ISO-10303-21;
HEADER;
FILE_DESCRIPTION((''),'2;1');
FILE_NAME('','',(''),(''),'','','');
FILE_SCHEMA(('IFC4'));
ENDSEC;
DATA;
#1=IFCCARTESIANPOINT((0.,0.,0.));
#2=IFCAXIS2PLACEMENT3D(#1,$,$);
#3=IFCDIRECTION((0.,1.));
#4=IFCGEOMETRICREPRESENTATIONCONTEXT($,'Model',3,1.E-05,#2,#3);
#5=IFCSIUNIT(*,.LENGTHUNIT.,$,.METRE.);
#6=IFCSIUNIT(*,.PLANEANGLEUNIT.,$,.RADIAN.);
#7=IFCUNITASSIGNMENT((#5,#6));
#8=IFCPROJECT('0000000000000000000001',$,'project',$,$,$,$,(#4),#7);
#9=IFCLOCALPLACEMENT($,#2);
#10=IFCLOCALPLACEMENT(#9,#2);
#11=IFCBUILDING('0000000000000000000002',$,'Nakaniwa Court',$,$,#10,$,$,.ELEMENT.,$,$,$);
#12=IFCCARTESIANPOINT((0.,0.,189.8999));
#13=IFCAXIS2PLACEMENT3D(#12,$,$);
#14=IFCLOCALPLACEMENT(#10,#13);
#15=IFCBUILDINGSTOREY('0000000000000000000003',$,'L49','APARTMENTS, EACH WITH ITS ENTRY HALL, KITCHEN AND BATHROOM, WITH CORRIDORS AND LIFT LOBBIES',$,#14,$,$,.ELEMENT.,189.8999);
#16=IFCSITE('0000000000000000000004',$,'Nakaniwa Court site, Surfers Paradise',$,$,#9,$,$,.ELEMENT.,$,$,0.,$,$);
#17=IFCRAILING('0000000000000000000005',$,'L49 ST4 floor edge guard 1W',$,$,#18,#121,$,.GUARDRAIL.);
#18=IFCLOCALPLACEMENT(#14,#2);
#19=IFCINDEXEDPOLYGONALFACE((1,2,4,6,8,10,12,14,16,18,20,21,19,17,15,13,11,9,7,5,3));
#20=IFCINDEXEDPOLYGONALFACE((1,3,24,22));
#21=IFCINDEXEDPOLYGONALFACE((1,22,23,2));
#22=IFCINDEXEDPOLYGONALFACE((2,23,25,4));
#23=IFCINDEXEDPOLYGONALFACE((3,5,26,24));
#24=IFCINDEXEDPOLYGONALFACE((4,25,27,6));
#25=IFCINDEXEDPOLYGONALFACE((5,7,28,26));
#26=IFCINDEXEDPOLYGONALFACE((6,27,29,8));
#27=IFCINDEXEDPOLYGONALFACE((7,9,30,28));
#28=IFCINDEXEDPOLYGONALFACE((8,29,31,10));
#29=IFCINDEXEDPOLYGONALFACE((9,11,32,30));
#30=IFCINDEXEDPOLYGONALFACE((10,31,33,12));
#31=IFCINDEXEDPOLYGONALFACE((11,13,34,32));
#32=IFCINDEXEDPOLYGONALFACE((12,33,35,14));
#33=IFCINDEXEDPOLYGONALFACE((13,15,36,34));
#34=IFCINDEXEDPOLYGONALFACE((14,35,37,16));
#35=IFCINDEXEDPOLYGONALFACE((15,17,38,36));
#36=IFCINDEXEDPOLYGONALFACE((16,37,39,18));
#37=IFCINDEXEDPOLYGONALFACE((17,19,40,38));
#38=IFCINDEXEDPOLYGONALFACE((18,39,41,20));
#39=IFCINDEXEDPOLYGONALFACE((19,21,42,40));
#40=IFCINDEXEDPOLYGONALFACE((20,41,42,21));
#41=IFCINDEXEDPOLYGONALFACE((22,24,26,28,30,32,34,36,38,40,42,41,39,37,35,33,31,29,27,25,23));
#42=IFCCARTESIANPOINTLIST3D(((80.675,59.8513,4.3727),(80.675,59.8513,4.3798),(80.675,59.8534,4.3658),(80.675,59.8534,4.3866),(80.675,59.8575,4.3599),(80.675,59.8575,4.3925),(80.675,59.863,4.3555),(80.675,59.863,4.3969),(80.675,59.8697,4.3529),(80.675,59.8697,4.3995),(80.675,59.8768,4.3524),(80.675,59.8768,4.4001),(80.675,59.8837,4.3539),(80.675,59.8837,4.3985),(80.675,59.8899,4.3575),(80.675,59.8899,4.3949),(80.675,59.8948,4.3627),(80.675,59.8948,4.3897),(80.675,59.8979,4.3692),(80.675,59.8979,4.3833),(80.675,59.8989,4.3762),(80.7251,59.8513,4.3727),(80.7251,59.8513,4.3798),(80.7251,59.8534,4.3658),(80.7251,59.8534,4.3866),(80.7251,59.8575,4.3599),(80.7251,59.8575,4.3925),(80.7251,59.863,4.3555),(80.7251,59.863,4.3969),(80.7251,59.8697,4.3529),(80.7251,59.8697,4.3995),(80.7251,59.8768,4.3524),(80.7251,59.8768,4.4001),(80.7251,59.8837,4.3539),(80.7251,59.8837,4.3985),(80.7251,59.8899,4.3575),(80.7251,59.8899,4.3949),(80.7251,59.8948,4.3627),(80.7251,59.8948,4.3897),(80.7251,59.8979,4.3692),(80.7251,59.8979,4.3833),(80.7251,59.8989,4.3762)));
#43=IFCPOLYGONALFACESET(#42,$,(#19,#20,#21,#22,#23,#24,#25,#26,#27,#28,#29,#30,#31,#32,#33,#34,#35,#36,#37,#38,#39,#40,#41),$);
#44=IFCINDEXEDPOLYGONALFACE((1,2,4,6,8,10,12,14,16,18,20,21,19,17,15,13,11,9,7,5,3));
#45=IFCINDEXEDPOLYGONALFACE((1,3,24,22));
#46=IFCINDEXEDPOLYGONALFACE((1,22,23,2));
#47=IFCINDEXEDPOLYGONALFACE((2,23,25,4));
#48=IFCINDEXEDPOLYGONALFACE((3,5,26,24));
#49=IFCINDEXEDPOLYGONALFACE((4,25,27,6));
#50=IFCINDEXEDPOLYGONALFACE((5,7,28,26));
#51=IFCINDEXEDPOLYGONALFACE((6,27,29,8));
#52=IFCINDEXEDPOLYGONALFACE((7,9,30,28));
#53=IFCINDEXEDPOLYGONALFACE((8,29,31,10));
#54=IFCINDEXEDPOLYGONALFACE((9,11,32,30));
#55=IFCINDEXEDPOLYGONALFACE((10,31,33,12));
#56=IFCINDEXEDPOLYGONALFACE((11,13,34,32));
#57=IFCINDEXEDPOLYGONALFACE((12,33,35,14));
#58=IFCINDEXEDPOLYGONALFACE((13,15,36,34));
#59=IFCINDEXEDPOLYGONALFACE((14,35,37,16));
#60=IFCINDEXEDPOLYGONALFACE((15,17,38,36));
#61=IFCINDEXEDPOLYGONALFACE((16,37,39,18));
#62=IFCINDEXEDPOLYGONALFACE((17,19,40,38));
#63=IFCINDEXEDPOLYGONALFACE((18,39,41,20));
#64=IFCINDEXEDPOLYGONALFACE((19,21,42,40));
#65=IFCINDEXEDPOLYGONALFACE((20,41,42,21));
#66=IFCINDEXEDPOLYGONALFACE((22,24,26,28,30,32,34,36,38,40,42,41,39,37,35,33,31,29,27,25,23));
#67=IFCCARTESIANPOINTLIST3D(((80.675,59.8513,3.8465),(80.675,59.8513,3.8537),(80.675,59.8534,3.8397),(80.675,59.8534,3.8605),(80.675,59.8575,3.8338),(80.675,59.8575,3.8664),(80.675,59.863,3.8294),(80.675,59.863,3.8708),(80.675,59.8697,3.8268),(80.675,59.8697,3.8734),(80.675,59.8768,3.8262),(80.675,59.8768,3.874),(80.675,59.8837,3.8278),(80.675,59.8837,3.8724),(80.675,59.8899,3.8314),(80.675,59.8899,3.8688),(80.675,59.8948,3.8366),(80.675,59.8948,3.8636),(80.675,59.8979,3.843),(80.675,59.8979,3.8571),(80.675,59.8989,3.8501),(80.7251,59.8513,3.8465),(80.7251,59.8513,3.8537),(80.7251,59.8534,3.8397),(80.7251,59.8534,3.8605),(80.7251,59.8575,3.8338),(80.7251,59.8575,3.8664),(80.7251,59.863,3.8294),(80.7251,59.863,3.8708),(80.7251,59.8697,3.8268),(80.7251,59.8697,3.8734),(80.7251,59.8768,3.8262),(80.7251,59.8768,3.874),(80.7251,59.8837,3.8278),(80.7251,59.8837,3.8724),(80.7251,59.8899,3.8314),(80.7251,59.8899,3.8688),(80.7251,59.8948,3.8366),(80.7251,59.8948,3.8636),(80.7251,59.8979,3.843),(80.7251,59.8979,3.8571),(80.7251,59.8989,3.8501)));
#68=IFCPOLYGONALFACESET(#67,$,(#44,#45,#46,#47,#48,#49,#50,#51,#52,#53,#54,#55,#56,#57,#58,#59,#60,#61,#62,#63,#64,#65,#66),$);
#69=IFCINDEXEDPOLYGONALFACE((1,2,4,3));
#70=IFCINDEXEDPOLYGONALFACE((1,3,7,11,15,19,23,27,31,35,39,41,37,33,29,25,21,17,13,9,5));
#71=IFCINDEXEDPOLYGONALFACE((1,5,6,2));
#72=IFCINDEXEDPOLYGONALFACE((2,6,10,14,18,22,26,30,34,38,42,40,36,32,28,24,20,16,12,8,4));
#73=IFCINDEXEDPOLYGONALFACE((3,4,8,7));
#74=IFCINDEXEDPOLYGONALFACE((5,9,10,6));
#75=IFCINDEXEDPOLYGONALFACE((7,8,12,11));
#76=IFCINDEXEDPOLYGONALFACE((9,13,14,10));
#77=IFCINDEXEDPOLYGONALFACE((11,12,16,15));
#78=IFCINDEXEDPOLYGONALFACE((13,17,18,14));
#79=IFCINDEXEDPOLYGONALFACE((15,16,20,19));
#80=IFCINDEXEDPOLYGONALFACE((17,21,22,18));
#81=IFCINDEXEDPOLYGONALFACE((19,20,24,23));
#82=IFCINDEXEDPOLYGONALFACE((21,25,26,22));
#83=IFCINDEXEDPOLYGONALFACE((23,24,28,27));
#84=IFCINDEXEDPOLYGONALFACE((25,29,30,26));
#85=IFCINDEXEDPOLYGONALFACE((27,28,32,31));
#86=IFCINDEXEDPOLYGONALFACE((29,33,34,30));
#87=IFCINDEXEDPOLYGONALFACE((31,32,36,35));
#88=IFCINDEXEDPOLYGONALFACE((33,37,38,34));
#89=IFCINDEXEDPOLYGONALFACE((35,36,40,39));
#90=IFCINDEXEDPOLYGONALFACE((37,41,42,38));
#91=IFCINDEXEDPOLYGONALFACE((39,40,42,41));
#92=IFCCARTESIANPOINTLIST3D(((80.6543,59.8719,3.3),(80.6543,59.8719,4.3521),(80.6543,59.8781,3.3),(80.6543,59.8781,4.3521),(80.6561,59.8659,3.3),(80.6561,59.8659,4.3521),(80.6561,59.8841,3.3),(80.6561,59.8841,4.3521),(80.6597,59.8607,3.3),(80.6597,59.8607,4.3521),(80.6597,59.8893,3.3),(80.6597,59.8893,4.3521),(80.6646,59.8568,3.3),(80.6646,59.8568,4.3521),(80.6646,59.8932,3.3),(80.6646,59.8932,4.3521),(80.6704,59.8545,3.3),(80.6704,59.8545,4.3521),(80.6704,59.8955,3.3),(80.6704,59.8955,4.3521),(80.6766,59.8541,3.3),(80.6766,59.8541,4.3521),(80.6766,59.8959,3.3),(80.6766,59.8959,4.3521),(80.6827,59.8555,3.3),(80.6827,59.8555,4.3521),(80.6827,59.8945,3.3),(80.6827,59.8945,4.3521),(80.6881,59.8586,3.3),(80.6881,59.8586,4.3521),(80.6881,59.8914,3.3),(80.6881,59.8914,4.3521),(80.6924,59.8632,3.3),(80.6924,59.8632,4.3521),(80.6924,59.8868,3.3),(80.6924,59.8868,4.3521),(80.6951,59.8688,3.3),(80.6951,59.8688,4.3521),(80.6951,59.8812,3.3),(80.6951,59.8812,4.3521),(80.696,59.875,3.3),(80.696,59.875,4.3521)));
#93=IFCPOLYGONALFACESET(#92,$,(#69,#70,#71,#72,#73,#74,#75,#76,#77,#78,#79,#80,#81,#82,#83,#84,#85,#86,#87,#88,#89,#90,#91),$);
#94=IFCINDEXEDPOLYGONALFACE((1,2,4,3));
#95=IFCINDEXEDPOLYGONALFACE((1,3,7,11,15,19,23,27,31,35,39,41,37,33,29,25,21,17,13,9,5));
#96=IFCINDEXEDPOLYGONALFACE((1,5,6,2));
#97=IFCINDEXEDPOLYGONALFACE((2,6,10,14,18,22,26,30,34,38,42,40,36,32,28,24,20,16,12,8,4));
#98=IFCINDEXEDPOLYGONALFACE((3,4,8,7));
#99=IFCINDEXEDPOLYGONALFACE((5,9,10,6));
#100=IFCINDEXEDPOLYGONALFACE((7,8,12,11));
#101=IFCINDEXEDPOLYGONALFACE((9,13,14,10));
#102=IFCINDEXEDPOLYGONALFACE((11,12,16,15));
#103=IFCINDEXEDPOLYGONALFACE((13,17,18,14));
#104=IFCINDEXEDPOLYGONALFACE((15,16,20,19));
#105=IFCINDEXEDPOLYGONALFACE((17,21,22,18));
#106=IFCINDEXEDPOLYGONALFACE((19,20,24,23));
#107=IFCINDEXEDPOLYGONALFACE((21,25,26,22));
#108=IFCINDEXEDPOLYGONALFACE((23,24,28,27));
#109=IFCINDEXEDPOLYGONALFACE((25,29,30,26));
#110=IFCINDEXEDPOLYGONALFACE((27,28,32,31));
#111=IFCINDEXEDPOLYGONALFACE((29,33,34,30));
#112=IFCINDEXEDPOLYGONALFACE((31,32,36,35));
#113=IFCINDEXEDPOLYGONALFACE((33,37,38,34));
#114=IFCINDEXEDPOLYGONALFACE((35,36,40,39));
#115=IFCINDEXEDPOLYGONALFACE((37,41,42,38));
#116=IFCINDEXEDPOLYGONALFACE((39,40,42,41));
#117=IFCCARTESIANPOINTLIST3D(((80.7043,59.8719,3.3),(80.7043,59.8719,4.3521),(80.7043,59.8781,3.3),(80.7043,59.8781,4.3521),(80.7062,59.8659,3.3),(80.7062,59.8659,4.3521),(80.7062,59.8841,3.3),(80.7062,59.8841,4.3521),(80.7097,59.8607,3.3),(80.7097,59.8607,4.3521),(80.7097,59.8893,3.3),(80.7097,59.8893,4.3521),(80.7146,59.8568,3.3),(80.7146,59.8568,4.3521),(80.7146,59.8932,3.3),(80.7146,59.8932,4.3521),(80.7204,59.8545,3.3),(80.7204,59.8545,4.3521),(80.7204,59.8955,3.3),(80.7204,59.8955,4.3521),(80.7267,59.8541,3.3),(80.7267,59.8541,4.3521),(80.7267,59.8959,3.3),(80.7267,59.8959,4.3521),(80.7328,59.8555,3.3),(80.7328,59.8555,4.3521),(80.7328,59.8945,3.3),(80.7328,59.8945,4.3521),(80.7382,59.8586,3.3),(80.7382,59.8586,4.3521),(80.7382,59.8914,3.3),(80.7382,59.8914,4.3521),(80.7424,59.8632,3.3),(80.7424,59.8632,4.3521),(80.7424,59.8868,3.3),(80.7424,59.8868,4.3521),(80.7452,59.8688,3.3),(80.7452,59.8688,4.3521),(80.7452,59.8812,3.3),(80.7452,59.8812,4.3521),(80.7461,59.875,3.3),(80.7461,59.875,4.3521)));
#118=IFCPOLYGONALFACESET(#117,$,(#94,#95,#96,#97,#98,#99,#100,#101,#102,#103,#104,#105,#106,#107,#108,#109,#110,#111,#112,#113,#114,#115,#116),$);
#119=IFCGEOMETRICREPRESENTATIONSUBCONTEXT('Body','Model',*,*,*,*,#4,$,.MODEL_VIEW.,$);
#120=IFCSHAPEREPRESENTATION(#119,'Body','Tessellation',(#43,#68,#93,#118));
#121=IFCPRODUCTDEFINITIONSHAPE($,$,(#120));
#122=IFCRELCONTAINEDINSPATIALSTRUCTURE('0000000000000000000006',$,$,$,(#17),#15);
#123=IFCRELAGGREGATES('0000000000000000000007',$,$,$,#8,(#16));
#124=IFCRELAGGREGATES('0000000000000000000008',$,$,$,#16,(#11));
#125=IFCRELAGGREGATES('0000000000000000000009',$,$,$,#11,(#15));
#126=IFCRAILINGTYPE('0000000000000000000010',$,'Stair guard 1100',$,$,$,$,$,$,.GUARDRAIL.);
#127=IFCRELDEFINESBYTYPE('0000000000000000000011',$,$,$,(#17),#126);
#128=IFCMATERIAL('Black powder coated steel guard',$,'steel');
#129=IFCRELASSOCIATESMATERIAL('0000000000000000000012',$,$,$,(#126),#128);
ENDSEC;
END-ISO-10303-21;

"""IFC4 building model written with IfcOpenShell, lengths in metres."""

from ifc_helpers import new_model, si_unit, direction, frame, origin, origin_2d, place, context, subcontext, project, spatial, circle, extrude, material, type_object, element, save


model = new_model("IFC4")

# Units and contexts
model_context = context("Model", 3, precision=1e-05, world=origin(), true_north=direction((0.0, 1.0)))
body_context = subcontext(model_context, "Body", "Model", "MODEL_VIEW")
ifc_project = project(units=[si_unit("LENGTHUNIT", "METRE"), si_unit("PLANEANGLEUNIT", "RADIAN")], contexts=[model_context])

# Site, building, storey
site_placement = place(None, origin())
site = spatial("IfcSite", under=ifc_project, at=site_placement, Name="Nakaniwa Court site, Surfers Paradise", CompositionType="ELEMENT", RefElevation=0.0)
building_placement = place(site_placement, origin())
building = spatial("IfcBuilding", under=site, at=building_placement, Name="Nakaniwa Court", CompositionType="ELEMENT")
storey_placement = place(building_placement, frame((0.0, 0.0, 189.8999)))
storey = spatial("IfcBuildingStorey", under=building, at=storey_placement, Name="L49", Description="APARTMENTS, EACH WITH ITS ENTRY HALL, KITCHEN AND BATHROOM, WITH CORRIDORS AND LIFT LOBBIES", CompositionType="ELEMENT", Elevation=189.8999)

# Railing
ifc_material_1 = material(Name="Black powder coated steel guard", Category="steel")
railing_type_1 = type_object("IfcRailingType", Name="Stair guard 1100", PredefinedType="GUARDRAIL", material=ifc_material_1)
for number, where, name in (
    (1, (80.675, 59.875, 3.3), "L49 ST4 floor edge guard 1W"),
):
    element("IfcRailing", number, at=place(storey_placement, frame(where)), inside=storey, type_object=railing_type_1, Name=name, PredefinedType="GUARDRAIL", context=body_context, shape_type="SweptSolid", body=[
        extrude(circle(Radius=0.0239, at=origin_2d()), frame((0.0, 0.0, 1.0762), z_axis=(1.0, 0.0, 0.0), x_axis=(0.0, 1.0, 0.0)), (0.0, 0.0, 1.0), 0.05),
        extrude(circle(Radius=0.0239, at=origin_2d()), frame((0.0, 0.0, 0.55), z_axis=(1.0, 0.0, 0.0), x_axis=(0.0, 1.0, 0.0)), (0.0, 0.0, 1.0), 0.05),
        extrude(circle(Radius=0.021, at=origin_2d()), origin(), (0.0, 0.0, 1.0), 1.052),
        extrude(circle(Radius=0.021, at=origin_2d()), frame((0.05, 0.0, 0.0)), (0.0, 0.0, 1.0), 1.052),
    ])

save(model, "model.ifc")
